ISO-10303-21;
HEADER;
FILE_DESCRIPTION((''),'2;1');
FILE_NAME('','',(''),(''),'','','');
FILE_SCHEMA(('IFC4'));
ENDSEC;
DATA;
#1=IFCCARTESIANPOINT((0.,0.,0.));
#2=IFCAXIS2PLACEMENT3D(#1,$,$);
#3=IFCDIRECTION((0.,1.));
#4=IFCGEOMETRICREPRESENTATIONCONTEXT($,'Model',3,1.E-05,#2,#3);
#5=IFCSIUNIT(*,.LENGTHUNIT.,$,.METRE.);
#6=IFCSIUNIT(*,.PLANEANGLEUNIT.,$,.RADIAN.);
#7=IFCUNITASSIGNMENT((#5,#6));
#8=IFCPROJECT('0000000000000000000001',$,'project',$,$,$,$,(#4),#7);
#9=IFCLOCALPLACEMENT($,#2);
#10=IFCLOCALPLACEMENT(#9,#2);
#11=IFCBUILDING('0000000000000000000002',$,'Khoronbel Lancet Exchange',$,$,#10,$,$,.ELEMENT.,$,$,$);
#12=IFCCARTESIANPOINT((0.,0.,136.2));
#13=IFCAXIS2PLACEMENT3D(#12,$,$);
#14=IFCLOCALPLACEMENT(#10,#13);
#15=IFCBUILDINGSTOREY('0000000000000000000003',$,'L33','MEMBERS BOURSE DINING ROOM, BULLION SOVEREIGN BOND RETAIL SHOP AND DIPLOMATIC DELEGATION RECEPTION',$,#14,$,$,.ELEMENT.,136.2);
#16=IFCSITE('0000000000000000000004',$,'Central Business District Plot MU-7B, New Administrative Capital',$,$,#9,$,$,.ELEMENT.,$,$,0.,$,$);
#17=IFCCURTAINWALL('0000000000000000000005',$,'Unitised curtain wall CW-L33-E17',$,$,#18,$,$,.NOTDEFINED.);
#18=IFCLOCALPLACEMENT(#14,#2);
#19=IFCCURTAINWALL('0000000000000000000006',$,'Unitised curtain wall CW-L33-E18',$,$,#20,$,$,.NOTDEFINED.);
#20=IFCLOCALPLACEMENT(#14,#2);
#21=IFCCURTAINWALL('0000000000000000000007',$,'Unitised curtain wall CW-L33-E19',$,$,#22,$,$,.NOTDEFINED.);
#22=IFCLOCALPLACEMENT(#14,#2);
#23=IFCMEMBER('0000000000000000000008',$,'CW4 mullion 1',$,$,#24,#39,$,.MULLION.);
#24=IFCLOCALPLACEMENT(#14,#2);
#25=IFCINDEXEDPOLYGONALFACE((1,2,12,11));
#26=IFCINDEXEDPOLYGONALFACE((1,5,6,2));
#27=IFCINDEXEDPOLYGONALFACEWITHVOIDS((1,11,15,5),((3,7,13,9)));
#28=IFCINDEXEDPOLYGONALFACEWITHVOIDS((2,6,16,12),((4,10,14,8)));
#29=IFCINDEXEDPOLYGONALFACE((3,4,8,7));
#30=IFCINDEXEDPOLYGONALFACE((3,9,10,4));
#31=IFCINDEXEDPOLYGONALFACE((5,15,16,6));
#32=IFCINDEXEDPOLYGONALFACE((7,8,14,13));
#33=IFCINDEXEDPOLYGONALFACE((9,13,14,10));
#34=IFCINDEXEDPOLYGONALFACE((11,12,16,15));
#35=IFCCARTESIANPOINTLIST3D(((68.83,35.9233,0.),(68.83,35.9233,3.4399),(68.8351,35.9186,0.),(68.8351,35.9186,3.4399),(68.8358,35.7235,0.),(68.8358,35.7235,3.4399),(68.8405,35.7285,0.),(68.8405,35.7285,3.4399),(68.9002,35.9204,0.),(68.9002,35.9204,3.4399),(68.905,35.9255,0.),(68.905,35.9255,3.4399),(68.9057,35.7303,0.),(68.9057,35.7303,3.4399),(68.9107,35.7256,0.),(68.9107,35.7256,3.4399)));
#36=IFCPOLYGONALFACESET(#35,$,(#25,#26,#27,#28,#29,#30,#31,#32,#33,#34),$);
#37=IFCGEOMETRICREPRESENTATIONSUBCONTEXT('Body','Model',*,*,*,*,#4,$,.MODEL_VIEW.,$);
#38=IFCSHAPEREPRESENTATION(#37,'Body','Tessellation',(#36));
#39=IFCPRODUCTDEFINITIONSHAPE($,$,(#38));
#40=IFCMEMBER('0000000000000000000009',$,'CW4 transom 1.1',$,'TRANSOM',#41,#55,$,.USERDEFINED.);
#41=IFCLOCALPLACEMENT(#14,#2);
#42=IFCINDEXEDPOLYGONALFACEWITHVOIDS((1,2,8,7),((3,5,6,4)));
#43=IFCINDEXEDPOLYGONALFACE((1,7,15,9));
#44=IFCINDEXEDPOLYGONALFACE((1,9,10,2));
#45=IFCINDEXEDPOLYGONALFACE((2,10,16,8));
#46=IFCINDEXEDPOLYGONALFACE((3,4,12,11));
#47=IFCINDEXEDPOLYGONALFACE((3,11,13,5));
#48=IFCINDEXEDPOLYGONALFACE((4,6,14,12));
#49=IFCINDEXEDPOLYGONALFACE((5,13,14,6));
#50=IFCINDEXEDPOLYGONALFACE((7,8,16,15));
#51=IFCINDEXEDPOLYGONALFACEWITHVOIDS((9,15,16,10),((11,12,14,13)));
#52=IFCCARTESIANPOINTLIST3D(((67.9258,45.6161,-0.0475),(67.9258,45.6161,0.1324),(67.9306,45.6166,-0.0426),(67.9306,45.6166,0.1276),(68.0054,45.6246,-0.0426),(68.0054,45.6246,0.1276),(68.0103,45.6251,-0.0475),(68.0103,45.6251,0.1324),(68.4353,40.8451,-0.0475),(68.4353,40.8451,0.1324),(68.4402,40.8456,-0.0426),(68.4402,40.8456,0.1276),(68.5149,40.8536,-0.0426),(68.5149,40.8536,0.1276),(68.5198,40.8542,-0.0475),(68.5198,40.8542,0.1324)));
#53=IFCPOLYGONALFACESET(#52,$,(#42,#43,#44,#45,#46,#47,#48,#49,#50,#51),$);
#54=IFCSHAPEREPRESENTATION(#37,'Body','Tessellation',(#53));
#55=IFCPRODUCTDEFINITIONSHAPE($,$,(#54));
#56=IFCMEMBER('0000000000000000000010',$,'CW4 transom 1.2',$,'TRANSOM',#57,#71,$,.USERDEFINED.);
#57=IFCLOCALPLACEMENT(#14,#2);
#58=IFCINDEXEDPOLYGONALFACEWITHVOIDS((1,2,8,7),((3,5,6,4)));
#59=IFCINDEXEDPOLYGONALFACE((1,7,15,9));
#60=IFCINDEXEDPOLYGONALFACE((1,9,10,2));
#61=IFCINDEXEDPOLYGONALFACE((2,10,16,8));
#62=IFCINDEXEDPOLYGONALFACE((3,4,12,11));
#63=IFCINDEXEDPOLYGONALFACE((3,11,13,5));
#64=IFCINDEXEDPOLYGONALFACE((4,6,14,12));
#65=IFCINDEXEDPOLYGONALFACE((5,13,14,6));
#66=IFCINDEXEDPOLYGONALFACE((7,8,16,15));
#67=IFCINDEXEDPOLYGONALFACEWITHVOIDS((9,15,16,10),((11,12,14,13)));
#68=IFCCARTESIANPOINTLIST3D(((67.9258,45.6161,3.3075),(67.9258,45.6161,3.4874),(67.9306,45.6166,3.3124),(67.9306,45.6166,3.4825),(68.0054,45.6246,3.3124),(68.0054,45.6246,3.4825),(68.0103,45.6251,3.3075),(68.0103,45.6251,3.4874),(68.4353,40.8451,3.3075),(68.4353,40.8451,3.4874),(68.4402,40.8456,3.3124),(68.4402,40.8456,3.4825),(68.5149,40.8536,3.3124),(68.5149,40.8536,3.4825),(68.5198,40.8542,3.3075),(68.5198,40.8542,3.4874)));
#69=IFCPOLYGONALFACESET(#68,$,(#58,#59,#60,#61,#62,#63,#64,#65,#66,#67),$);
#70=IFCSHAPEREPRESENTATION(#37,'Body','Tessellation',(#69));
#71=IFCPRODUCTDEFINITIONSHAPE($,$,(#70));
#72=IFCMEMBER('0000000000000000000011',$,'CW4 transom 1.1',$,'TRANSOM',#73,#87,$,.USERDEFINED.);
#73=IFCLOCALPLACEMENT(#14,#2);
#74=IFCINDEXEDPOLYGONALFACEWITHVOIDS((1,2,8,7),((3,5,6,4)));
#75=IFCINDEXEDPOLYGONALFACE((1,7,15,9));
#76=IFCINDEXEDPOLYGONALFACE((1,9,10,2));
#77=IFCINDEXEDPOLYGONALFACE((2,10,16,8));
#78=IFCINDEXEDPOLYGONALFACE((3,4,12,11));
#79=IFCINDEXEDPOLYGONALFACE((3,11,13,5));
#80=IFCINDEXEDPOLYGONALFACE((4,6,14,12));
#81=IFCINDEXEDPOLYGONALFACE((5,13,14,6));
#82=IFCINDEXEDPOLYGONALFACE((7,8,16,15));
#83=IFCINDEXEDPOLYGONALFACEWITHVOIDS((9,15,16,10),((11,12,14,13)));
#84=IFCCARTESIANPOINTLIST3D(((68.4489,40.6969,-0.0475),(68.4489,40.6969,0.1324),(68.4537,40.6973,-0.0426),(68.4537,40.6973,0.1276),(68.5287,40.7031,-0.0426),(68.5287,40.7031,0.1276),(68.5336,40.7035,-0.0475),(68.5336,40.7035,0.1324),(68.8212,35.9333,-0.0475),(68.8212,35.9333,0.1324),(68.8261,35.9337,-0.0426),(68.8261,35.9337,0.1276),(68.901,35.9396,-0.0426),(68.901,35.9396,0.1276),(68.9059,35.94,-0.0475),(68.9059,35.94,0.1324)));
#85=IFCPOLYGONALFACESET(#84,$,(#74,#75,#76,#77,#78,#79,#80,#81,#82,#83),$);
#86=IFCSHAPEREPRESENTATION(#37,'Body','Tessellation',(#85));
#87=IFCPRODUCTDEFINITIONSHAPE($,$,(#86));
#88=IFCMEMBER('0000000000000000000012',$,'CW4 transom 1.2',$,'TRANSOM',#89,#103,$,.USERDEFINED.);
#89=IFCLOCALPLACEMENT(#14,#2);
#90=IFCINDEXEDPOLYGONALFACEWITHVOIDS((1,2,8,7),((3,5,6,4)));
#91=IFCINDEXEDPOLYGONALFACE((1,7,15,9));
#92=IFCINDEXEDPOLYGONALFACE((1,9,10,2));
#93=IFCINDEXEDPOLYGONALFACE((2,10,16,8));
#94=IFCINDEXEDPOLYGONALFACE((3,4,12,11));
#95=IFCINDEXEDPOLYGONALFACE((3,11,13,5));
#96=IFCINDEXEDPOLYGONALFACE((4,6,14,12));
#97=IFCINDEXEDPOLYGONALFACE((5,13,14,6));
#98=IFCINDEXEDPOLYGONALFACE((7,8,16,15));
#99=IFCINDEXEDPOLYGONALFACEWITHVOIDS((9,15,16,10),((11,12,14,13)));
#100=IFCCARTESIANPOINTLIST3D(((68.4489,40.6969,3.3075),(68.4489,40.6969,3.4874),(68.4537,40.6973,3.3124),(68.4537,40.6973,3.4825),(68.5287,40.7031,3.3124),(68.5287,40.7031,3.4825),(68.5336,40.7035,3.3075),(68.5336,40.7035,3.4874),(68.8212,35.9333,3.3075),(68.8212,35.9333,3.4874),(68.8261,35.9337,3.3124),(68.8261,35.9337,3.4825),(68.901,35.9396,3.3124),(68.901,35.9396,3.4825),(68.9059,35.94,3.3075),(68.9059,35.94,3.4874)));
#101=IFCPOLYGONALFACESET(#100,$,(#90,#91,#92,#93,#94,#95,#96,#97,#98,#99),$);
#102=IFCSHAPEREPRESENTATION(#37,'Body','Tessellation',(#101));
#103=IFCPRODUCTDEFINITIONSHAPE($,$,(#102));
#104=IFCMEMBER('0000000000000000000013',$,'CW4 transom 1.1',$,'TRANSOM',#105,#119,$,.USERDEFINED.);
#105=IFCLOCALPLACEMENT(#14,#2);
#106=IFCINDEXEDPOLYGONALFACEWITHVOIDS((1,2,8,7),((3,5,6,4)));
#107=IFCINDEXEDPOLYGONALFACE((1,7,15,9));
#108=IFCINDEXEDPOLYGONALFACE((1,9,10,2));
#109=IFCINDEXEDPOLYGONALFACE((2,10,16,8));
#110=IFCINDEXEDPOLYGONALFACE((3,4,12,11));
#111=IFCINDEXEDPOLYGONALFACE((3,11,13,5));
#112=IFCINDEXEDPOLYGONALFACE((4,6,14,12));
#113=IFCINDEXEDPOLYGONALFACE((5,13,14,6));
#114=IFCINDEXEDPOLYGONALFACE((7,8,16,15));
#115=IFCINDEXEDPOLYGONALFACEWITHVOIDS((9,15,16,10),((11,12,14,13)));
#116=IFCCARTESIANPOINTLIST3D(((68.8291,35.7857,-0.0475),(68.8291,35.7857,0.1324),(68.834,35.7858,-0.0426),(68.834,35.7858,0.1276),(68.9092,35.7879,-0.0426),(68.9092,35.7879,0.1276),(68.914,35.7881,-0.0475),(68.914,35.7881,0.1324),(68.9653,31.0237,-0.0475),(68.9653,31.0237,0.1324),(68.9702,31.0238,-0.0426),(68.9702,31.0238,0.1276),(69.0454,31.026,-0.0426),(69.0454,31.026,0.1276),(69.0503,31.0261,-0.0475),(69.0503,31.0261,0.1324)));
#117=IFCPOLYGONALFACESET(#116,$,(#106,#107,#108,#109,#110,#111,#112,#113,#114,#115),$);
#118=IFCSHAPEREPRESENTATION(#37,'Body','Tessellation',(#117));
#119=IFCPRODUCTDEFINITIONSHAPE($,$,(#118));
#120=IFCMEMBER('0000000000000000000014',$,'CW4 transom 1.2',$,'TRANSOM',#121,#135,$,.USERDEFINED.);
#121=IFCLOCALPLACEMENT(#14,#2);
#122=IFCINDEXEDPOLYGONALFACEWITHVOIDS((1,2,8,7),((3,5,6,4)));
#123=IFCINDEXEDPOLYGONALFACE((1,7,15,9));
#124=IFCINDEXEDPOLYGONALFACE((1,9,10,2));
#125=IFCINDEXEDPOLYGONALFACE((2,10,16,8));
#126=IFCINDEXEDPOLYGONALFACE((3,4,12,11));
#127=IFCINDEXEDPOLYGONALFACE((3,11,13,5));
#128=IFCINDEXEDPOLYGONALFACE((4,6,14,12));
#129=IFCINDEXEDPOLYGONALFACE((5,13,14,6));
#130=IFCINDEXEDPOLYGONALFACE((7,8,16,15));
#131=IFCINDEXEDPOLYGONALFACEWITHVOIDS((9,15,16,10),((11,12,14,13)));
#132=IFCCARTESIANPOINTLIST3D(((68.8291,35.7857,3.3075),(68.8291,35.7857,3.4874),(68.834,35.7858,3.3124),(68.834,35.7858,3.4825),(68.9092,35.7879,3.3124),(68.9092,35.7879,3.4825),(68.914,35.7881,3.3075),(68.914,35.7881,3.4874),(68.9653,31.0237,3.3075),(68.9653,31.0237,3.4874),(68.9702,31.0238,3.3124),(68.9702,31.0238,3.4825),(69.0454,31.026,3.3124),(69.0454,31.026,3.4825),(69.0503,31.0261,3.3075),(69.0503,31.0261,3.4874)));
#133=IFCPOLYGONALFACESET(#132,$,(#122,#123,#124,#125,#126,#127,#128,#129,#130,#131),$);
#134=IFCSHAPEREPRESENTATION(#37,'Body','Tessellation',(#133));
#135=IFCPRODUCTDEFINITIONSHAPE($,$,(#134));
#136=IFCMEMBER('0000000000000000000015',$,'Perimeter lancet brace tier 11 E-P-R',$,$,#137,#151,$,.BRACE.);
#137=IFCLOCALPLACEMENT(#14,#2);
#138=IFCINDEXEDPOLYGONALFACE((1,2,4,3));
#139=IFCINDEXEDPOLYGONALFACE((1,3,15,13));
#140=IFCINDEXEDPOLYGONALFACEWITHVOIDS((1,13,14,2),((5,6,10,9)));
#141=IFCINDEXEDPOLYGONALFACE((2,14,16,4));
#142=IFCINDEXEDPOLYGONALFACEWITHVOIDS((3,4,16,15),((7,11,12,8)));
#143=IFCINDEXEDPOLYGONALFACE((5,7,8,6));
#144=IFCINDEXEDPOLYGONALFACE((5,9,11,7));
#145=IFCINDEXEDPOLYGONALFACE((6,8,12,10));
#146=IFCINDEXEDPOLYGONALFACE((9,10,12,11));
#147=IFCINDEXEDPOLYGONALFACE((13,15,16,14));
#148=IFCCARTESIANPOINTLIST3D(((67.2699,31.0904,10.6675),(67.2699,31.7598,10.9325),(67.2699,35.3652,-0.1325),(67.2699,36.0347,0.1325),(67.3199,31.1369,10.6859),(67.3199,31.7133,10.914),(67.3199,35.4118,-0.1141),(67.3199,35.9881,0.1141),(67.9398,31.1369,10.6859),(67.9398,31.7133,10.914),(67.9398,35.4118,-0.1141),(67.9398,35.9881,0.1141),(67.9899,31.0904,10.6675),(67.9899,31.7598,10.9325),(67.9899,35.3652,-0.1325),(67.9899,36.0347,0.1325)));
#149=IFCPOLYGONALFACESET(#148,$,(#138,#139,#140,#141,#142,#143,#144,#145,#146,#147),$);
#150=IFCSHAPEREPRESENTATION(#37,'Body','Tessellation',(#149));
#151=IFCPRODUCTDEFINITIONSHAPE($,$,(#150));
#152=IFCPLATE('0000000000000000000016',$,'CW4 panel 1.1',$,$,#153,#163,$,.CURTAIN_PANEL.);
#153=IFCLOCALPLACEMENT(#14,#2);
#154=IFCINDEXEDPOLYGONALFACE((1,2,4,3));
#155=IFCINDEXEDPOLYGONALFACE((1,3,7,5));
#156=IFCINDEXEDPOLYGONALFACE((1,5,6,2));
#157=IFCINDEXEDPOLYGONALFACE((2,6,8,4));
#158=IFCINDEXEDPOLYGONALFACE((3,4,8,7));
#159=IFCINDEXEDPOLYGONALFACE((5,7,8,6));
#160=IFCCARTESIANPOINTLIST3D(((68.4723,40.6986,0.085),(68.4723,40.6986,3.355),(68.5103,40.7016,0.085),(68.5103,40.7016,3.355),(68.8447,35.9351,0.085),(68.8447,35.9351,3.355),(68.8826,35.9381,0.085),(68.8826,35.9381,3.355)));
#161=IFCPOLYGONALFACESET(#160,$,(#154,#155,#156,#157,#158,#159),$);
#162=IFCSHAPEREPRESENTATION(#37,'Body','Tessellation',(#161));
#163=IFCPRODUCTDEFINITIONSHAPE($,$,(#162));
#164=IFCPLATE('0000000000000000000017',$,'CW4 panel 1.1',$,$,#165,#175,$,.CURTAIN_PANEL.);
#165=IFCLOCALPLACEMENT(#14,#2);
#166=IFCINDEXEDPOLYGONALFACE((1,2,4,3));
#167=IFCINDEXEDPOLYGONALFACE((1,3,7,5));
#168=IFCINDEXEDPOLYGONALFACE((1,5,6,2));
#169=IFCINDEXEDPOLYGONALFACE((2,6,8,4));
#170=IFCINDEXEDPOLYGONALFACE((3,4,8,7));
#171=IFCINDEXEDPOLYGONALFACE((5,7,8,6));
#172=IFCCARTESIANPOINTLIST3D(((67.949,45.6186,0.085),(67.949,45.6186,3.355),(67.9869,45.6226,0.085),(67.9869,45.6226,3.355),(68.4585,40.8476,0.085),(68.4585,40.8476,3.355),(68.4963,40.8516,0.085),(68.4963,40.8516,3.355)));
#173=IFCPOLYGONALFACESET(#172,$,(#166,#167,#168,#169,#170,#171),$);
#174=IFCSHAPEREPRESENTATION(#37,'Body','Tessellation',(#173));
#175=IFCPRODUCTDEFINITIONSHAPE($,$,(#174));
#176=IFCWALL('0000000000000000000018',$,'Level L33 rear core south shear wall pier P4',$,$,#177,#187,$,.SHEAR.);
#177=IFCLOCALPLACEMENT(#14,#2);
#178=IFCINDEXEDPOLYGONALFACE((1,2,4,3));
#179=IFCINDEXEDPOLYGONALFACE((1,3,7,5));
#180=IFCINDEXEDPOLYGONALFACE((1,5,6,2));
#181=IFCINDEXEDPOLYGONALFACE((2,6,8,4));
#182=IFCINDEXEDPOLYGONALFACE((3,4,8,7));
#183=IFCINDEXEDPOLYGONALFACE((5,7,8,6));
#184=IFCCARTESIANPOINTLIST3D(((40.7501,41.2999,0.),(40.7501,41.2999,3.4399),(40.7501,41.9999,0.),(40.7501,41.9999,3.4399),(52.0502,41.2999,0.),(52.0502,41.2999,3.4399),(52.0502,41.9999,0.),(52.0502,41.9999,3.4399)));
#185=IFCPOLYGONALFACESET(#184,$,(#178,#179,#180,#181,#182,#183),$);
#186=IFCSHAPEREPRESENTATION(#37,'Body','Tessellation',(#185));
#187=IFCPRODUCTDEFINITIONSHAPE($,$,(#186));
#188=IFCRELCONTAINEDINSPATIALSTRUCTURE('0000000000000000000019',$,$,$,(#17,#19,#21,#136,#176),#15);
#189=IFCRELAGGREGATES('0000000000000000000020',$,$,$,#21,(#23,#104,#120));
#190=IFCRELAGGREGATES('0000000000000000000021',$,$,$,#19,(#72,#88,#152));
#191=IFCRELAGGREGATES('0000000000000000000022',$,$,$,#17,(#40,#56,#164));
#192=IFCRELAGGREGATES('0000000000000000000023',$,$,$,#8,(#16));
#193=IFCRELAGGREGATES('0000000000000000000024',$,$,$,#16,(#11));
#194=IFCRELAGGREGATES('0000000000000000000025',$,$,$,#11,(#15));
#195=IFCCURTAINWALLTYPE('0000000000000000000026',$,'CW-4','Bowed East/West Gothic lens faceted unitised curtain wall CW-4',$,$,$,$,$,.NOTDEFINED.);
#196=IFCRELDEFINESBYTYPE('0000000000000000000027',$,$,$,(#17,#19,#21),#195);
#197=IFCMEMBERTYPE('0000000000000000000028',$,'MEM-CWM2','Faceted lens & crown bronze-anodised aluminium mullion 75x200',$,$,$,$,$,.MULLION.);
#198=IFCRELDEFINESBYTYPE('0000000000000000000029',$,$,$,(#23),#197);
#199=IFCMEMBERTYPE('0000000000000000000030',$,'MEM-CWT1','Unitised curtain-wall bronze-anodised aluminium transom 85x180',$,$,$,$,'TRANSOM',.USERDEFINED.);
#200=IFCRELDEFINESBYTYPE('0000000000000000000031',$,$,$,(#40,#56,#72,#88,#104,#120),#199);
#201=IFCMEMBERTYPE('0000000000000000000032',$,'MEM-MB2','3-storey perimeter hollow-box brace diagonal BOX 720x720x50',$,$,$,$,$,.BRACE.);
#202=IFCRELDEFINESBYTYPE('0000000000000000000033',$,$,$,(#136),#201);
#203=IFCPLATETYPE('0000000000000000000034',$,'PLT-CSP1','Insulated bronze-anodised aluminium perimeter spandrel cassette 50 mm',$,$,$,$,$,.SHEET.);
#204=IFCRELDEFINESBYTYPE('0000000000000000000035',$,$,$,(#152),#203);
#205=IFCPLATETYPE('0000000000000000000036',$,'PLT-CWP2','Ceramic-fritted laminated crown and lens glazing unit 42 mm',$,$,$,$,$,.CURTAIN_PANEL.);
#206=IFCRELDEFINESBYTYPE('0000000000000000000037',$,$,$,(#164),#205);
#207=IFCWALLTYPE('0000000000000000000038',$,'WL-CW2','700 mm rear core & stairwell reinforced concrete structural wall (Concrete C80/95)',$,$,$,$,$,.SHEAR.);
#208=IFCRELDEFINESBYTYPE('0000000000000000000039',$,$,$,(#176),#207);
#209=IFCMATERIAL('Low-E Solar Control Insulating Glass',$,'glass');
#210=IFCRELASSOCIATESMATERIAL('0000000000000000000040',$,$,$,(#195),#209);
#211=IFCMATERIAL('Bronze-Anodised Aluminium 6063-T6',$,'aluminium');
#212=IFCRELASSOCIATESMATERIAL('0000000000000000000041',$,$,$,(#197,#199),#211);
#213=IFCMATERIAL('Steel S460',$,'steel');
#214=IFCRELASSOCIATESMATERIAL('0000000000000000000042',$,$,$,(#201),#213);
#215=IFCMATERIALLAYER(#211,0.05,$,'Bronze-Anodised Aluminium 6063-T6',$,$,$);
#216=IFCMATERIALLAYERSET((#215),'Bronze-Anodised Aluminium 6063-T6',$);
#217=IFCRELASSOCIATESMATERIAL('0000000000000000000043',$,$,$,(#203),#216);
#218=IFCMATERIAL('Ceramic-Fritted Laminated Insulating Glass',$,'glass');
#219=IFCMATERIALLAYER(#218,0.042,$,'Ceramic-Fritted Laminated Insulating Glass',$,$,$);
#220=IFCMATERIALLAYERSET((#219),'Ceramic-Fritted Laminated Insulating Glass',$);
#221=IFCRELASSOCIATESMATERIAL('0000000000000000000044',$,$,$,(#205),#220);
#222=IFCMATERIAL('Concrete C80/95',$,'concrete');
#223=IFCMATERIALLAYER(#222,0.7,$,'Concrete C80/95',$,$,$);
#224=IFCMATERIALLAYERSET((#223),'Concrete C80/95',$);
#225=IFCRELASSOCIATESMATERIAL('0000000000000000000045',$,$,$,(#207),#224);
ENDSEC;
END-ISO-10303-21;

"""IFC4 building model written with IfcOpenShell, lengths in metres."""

from ifc_helpers import new_model, si_unit, direction, frame, frame_2d, origin, origin_2d, place, context, subcontext, project, spatial, rectangle, hollow_rectangle, extrude, material, layer, layer_set, material_profile, profile_set, type_object, element, aggregate, save


model = new_model("IFC4")

# Units and contexts
model_context = context("Model", 3, precision=1e-05, world=origin(), true_north=direction((0.0, 1.0)))
body_context = subcontext(model_context, "Body", "Model", "MODEL_VIEW")
ifc_project = project(units=[si_unit("LENGTHUNIT", "METRE"), si_unit("PLANEANGLEUNIT", "RADIAN")], contexts=[model_context])

# Site, building, storey
site_placement = place(None, origin())
site = spatial("IfcSite", under=ifc_project, at=site_placement, Name="Central Business District Plot MU-7B, New Administrative Capital", CompositionType="ELEMENT", RefElevation=0.0)
building_placement = place(site_placement, origin())
building = spatial("IfcBuilding", under=site, at=building_placement, Name="Khoronbel Lancet Exchange", CompositionType="ELEMENT")
storey_placement = place(building_placement, frame((0.0, 0.0, 136.2)))
storey = spatial("IfcBuildingStorey", under=building, at=storey_placement, Name="L33", Description="MEMBERS BOURSE DINING ROOM, BULLION SOVEREIGN BOND RETAIL SHOP AND DIPLOMATIC DELEGATION RECEPTION", CompositionType="ELEMENT", Elevation=136.2)

# Shared definitions
ifc_material_1 = material(Name="Steel S460", Category="steel")

# Shared definitions
ifc_material_2 = material(Name="Concrete C80/95", Category="concrete")

# Curtain wall
ifc_material_3 = material(Name="Low-E Solar Control Insulating Glass", Category="glass")
curtain_wall_type = type_object("IfcCurtainWallType", Name="CW-4", Description="Bowed East/West Gothic lens faceted unitised curtain wall CW-4", PredefinedType="NOTDEFINED", material=ifc_material_3)
curtain_wall_1_placement = place(storey_placement, origin())
curtain_wall_1 = element("IfcCurtainWall", 1, at=curtain_wall_1_placement, inside=storey, type_object=curtain_wall_type, Name="Unitised curtain wall CW-L33-E17", PredefinedType="NOTDEFINED")
ifc_material_4 = material(Name="Bronze-Anodised Aluminium 6063-T6", Category="aluminium")
ifc_material_profile_1 = material_profile(ifc_material_4, hollow_rectangle(XDim=0.075, YDim=0.2, WallThickness=0.0049, at=origin_2d()), Name="ALU MULLION 75x200")
ifc_profile_set_1 = profile_set([ifc_material_profile_1], Name="Bronze-Anodised Aluminium 6063-T6")
member_type_1 = type_object("IfcMemberType", Name="MEM-CWM2", Description="Faceted lens & crown bronze-anodised aluminium mullion 75x200", PredefinedType="MULLION", material=ifc_profile_set_1)

# Curtain wall
curtain_wall_2_placement = place(storey_placement, origin())
curtain_wall_2 = element("IfcCurtainWall", 2, at=curtain_wall_2_placement, inside=storey, type_object=curtain_wall_type, Name="Unitised curtain wall CW-L33-E18", PredefinedType="NOTDEFINED")

# Curtain wall, member
curtain_wall_3_placement = place(storey_placement, origin())
curtain_wall_3 = element("IfcCurtainWall", 3, at=curtain_wall_3_placement, inside=storey, type_object=curtain_wall_type, Name="Unitised curtain wall CW-L33-E19", PredefinedType="NOTDEFINED")
member_1_placement = place(storey_placement, frame((68.8704, 35.8245, 0.0), z_axis=(0.0, 0.0, 1.0), x_axis=(0.999591, 0.028613, 0.0)))
member_1 = element("IfcMember", 4, at=member_1_placement, type_object=member_type_1, Name="CW4 mullion 1", PredefinedType="MULLION", context=body_context, shape_type="SweptSolid", body=[
    extrude(hollow_rectangle(XDim=0.075, YDim=0.2, WallThickness=0.0049, at=origin_2d()), origin(), (0.0, 0.0, 1.0), 3.4399),
])

# Members
ifc_material_profile_2 = material_profile(ifc_material_4, hollow_rectangle(XDim=0.085, YDim=0.1799, WallThickness=0.0049, at=origin_2d()), Name="ALU TRANSOM 85x180")
ifc_profile_set_2 = profile_set([ifc_material_profile_2], Name="Bronze-Anodised Aluminium 6063-T6")
member_type_2 = type_object("IfcMemberType", Name="MEM-CWT1", Description="Unitised curtain-wall bronze-anodised aluminium transom 85x180", ElementType="TRANSOM", PredefinedType="USERDEFINED", material=ifc_profile_set_2)
member_2_placement = place(storey_placement, frame((67.968, 45.6206, 0.0425), z_axis=(0.106192, -0.994346, 0.0), x_axis=(0.994346, 0.106192, 0.0)))
member_2 = element("IfcMember", 5, at=member_2_placement, type_object=member_type_2, Name="CW4 transom 1.1", ObjectType="TRANSOM", PredefinedType="USERDEFINED", context=body_context, shape_type="SweptSolid", body=[
    extrude(hollow_rectangle(XDim=0.085, YDim=0.1799, WallThickness=0.0049, at=origin_2d()), origin(), (0.0, 0.0, 1.0), 4.7981),
])
member_3_placement = place(storey_placement, frame((67.968, 45.6206, 3.3975), z_axis=(0.106192, -0.994346, 0.0), x_axis=(0.994346, 0.106192, 0.0)))
member_3 = element("IfcMember", 6, at=member_3_placement, type_object=member_type_2, Name="CW4 transom 1.2", ObjectType="TRANSOM", PredefinedType="USERDEFINED", context=body_context, shape_type="SweptSolid", body=[
    extrude(hollow_rectangle(XDim=0.085, YDim=0.1799, WallThickness=0.0049, at=origin_2d()), origin(), (0.0, 0.0, 1.0), 4.7981),
])
member_4_placement = place(storey_placement, frame((68.4912, 40.7002, 0.0425), z_axis=(0.077923, -0.996959, 0.0), x_axis=(0.996959, 0.077923, 0.0)))
member_4 = element("IfcMember", 7, at=member_4_placement, type_object=member_type_2, Name="CW4 transom 1.1", ObjectType="TRANSOM", PredefinedType="USERDEFINED", context=body_context, shape_type="SweptSolid", body=[
    extrude(hollow_rectangle(XDim=0.085, YDim=0.1799, WallThickness=0.0049, at=origin_2d()), origin(), (0.0, 0.0, 1.0), 4.7781),
])
member_5_placement = place(storey_placement, frame((68.4912, 40.7002, 3.3975), z_axis=(0.077923, -0.996959, 0.0), x_axis=(0.996959, 0.077923, 0.0)))
member_5 = element("IfcMember", 8, at=member_5_placement, type_object=member_type_2, Name="CW4 transom 1.2", ObjectType="TRANSOM", PredefinedType="USERDEFINED", context=body_context, shape_type="SweptSolid", body=[
    extrude(hollow_rectangle(XDim=0.085, YDim=0.1799, WallThickness=0.0049, at=origin_2d()), origin(), (0.0, 0.0, 1.0), 4.7781),
])
member_6_placement = place(storey_placement, frame((68.8716, 35.7869, 0.0425), z_axis=(0.028596, -0.999591, 0.0), x_axis=(0.999591, 0.028596, 0.0)))
member_6 = element("IfcMember", 9, at=member_6_placement, type_object=member_type_2, Name="CW4 transom 1.1", ObjectType="TRANSOM", PredefinedType="USERDEFINED", context=body_context, shape_type="SweptSolid", body=[
    extrude(hollow_rectangle(XDim=0.085, YDim=0.1799, WallThickness=0.0049, at=origin_2d()), origin(), (0.0, 0.0, 1.0), 4.7639),
])
member_7_placement = place(storey_placement, frame((68.8716, 35.7869, 3.3975), z_axis=(0.028596, -0.999591, 0.0), x_axis=(0.999591, 0.028596, 0.0)))
member_7 = element("IfcMember", 10, at=member_7_placement, type_object=member_type_2, Name="CW4 transom 1.2", ObjectType="TRANSOM", PredefinedType="USERDEFINED", context=body_context, shape_type="SweptSolid", body=[
    extrude(hollow_rectangle(XDim=0.085, YDim=0.1799, WallThickness=0.0049, at=origin_2d()), origin(), (0.0, 0.0, 1.0), 4.7639),
])
aggregate(curtain_wall_3, [member_1, member_6, member_7])
ifc_material_profile_3 = material_profile(ifc_material_1, hollow_rectangle(XDim=0.72, YDim=0.72, WallThickness=0.05, at=origin_2d()), Name="BOX 720x720x50")
ifc_profile_set_3 = profile_set([ifc_material_profile_3], Name="Steel S460")
member_type_3 = type_object("IfcMemberType", Name="MEM-MB2", Description="3-storey perimeter hollow-box brace diagonal BOX 720x720x50", PredefinedType="BRACE", material=ifc_profile_set_3)
member_8_placement = place(storey_placement, frame((67.6299, 35.7, 0.0), z_axis=(0.0, -0.36804, 0.92981), x_axis=(1.0, 0.0, 0.0)))
element("IfcMember", 11, at=member_8_placement, inside=storey, type_object=member_type_3, Name="Perimeter lancet brace tier 11 E-P-R", PredefinedType="BRACE", context=body_context, shape_type="SweptSolid", body=[
    extrude(hollow_rectangle(XDim=0.72, YDim=0.72, WallThickness=0.05, at=origin_2d()), origin(), (0.0, 0.0, 1.0), 11.6152),
])

# Plates
ifc_layer_1 = layer(ifc_material_4, 0.05, Name="Bronze-Anodised Aluminium 6063-T6")
ifc_layer_set_1 = layer_set([ifc_layer_1], Name="Bronze-Anodised Aluminium 6063-T6")
plate_type_1 = type_object("IfcPlateType", Name="PLT-CSP1", Description="Insulated bronze-anodised aluminium perimeter spandrel cassette 50 mm", PredefinedType="SHEET", material=ifc_layer_set_1)
plate_1_placement = place(storey_placement, frame((68.6775, 38.3184, 0.085), z_axis=(0.0, 0.0, 1.0), x_axis=(0.077921, -0.99696, 0.0)))
plate_1 = element("IfcPlate", 12, at=plate_1_placement, type_object=plate_type_1, Name="CW4 panel 1.1", PredefinedType="CURTAIN_PANEL", context=body_context, shape_type="SweptSolid", body=[
    extrude(rectangle(XDim=4.7781, YDim=0.0381, at=origin_2d()), origin(), (0.0, 0.0, 1.0), 3.27),
])
aggregate(curtain_wall_2, [member_4, member_5, plate_1])
ifc_material_5 = material(Name="Ceramic-Fritted Laminated Insulating Glass", Category="glass")
ifc_layer_2 = layer(ifc_material_5, 0.042, Name="Ceramic-Fritted Laminated Insulating Glass")
ifc_layer_set_2 = layer_set([ifc_layer_2], Name="Ceramic-Fritted Laminated Insulating Glass")
plate_type_2 = type_object("IfcPlateType", Name="PLT-CWP2", Description="Ceramic-fritted laminated crown and lens glazing unit 42 mm", PredefinedType="CURTAIN_PANEL", material=ifc_layer_set_2)
plate_2_placement = place(storey_placement, frame((68.2227, 43.2351, 0.085), z_axis=(0.0, 0.0, 1.0), x_axis=(0.106181, -0.994347, 0.0)))
plate_2 = element("IfcPlate", 13, at=plate_2_placement, type_object=plate_type_2, Name="CW4 panel 1.1", PredefinedType="CURTAIN_PANEL", context=body_context, shape_type="SweptSolid", body=[
    extrude(rectangle(XDim=4.7981, YDim=0.0381, at=origin_2d()), origin(), (0.0, 0.0, 1.0), 3.27),
])
aggregate(curtain_wall_1, [member_2, member_3, plate_2])

# Wall
ifc_layer_3 = layer(ifc_material_2, 0.7, Name="Concrete C80/95")
ifc_layer_set_3 = layer_set([ifc_layer_3], Name="Concrete C80/95")
wall_type_1 = type_object("IfcWallType", Name="WL-CW2", Description="700 mm rear core & stairwell reinforced concrete structural wall (Concrete C80/95)", PredefinedType="SHEAR", material=ifc_layer_set_3)
wall_1_placement = place(storey_placement, frame((52.05, 41.6499, 0.0), z_axis=(0.0, 0.0, 1.0), x_axis=(-1.0, 0.0, 0.0)))
element("IfcWall", 14, at=wall_1_placement, inside=storey, type_object=wall_type_1, Name="Level L33 rear core south shear wall pier P4", PredefinedType="SHEAR", context=body_context, shape_type="SweptSolid", body=[
    extrude(rectangle(XDim=11.3, YDim=0.7, at=frame_2d((5.6499, 0.0))), origin(), (0.0, 0.0, 1.0), 3.4399),
])

save(model, "model.ifc")
